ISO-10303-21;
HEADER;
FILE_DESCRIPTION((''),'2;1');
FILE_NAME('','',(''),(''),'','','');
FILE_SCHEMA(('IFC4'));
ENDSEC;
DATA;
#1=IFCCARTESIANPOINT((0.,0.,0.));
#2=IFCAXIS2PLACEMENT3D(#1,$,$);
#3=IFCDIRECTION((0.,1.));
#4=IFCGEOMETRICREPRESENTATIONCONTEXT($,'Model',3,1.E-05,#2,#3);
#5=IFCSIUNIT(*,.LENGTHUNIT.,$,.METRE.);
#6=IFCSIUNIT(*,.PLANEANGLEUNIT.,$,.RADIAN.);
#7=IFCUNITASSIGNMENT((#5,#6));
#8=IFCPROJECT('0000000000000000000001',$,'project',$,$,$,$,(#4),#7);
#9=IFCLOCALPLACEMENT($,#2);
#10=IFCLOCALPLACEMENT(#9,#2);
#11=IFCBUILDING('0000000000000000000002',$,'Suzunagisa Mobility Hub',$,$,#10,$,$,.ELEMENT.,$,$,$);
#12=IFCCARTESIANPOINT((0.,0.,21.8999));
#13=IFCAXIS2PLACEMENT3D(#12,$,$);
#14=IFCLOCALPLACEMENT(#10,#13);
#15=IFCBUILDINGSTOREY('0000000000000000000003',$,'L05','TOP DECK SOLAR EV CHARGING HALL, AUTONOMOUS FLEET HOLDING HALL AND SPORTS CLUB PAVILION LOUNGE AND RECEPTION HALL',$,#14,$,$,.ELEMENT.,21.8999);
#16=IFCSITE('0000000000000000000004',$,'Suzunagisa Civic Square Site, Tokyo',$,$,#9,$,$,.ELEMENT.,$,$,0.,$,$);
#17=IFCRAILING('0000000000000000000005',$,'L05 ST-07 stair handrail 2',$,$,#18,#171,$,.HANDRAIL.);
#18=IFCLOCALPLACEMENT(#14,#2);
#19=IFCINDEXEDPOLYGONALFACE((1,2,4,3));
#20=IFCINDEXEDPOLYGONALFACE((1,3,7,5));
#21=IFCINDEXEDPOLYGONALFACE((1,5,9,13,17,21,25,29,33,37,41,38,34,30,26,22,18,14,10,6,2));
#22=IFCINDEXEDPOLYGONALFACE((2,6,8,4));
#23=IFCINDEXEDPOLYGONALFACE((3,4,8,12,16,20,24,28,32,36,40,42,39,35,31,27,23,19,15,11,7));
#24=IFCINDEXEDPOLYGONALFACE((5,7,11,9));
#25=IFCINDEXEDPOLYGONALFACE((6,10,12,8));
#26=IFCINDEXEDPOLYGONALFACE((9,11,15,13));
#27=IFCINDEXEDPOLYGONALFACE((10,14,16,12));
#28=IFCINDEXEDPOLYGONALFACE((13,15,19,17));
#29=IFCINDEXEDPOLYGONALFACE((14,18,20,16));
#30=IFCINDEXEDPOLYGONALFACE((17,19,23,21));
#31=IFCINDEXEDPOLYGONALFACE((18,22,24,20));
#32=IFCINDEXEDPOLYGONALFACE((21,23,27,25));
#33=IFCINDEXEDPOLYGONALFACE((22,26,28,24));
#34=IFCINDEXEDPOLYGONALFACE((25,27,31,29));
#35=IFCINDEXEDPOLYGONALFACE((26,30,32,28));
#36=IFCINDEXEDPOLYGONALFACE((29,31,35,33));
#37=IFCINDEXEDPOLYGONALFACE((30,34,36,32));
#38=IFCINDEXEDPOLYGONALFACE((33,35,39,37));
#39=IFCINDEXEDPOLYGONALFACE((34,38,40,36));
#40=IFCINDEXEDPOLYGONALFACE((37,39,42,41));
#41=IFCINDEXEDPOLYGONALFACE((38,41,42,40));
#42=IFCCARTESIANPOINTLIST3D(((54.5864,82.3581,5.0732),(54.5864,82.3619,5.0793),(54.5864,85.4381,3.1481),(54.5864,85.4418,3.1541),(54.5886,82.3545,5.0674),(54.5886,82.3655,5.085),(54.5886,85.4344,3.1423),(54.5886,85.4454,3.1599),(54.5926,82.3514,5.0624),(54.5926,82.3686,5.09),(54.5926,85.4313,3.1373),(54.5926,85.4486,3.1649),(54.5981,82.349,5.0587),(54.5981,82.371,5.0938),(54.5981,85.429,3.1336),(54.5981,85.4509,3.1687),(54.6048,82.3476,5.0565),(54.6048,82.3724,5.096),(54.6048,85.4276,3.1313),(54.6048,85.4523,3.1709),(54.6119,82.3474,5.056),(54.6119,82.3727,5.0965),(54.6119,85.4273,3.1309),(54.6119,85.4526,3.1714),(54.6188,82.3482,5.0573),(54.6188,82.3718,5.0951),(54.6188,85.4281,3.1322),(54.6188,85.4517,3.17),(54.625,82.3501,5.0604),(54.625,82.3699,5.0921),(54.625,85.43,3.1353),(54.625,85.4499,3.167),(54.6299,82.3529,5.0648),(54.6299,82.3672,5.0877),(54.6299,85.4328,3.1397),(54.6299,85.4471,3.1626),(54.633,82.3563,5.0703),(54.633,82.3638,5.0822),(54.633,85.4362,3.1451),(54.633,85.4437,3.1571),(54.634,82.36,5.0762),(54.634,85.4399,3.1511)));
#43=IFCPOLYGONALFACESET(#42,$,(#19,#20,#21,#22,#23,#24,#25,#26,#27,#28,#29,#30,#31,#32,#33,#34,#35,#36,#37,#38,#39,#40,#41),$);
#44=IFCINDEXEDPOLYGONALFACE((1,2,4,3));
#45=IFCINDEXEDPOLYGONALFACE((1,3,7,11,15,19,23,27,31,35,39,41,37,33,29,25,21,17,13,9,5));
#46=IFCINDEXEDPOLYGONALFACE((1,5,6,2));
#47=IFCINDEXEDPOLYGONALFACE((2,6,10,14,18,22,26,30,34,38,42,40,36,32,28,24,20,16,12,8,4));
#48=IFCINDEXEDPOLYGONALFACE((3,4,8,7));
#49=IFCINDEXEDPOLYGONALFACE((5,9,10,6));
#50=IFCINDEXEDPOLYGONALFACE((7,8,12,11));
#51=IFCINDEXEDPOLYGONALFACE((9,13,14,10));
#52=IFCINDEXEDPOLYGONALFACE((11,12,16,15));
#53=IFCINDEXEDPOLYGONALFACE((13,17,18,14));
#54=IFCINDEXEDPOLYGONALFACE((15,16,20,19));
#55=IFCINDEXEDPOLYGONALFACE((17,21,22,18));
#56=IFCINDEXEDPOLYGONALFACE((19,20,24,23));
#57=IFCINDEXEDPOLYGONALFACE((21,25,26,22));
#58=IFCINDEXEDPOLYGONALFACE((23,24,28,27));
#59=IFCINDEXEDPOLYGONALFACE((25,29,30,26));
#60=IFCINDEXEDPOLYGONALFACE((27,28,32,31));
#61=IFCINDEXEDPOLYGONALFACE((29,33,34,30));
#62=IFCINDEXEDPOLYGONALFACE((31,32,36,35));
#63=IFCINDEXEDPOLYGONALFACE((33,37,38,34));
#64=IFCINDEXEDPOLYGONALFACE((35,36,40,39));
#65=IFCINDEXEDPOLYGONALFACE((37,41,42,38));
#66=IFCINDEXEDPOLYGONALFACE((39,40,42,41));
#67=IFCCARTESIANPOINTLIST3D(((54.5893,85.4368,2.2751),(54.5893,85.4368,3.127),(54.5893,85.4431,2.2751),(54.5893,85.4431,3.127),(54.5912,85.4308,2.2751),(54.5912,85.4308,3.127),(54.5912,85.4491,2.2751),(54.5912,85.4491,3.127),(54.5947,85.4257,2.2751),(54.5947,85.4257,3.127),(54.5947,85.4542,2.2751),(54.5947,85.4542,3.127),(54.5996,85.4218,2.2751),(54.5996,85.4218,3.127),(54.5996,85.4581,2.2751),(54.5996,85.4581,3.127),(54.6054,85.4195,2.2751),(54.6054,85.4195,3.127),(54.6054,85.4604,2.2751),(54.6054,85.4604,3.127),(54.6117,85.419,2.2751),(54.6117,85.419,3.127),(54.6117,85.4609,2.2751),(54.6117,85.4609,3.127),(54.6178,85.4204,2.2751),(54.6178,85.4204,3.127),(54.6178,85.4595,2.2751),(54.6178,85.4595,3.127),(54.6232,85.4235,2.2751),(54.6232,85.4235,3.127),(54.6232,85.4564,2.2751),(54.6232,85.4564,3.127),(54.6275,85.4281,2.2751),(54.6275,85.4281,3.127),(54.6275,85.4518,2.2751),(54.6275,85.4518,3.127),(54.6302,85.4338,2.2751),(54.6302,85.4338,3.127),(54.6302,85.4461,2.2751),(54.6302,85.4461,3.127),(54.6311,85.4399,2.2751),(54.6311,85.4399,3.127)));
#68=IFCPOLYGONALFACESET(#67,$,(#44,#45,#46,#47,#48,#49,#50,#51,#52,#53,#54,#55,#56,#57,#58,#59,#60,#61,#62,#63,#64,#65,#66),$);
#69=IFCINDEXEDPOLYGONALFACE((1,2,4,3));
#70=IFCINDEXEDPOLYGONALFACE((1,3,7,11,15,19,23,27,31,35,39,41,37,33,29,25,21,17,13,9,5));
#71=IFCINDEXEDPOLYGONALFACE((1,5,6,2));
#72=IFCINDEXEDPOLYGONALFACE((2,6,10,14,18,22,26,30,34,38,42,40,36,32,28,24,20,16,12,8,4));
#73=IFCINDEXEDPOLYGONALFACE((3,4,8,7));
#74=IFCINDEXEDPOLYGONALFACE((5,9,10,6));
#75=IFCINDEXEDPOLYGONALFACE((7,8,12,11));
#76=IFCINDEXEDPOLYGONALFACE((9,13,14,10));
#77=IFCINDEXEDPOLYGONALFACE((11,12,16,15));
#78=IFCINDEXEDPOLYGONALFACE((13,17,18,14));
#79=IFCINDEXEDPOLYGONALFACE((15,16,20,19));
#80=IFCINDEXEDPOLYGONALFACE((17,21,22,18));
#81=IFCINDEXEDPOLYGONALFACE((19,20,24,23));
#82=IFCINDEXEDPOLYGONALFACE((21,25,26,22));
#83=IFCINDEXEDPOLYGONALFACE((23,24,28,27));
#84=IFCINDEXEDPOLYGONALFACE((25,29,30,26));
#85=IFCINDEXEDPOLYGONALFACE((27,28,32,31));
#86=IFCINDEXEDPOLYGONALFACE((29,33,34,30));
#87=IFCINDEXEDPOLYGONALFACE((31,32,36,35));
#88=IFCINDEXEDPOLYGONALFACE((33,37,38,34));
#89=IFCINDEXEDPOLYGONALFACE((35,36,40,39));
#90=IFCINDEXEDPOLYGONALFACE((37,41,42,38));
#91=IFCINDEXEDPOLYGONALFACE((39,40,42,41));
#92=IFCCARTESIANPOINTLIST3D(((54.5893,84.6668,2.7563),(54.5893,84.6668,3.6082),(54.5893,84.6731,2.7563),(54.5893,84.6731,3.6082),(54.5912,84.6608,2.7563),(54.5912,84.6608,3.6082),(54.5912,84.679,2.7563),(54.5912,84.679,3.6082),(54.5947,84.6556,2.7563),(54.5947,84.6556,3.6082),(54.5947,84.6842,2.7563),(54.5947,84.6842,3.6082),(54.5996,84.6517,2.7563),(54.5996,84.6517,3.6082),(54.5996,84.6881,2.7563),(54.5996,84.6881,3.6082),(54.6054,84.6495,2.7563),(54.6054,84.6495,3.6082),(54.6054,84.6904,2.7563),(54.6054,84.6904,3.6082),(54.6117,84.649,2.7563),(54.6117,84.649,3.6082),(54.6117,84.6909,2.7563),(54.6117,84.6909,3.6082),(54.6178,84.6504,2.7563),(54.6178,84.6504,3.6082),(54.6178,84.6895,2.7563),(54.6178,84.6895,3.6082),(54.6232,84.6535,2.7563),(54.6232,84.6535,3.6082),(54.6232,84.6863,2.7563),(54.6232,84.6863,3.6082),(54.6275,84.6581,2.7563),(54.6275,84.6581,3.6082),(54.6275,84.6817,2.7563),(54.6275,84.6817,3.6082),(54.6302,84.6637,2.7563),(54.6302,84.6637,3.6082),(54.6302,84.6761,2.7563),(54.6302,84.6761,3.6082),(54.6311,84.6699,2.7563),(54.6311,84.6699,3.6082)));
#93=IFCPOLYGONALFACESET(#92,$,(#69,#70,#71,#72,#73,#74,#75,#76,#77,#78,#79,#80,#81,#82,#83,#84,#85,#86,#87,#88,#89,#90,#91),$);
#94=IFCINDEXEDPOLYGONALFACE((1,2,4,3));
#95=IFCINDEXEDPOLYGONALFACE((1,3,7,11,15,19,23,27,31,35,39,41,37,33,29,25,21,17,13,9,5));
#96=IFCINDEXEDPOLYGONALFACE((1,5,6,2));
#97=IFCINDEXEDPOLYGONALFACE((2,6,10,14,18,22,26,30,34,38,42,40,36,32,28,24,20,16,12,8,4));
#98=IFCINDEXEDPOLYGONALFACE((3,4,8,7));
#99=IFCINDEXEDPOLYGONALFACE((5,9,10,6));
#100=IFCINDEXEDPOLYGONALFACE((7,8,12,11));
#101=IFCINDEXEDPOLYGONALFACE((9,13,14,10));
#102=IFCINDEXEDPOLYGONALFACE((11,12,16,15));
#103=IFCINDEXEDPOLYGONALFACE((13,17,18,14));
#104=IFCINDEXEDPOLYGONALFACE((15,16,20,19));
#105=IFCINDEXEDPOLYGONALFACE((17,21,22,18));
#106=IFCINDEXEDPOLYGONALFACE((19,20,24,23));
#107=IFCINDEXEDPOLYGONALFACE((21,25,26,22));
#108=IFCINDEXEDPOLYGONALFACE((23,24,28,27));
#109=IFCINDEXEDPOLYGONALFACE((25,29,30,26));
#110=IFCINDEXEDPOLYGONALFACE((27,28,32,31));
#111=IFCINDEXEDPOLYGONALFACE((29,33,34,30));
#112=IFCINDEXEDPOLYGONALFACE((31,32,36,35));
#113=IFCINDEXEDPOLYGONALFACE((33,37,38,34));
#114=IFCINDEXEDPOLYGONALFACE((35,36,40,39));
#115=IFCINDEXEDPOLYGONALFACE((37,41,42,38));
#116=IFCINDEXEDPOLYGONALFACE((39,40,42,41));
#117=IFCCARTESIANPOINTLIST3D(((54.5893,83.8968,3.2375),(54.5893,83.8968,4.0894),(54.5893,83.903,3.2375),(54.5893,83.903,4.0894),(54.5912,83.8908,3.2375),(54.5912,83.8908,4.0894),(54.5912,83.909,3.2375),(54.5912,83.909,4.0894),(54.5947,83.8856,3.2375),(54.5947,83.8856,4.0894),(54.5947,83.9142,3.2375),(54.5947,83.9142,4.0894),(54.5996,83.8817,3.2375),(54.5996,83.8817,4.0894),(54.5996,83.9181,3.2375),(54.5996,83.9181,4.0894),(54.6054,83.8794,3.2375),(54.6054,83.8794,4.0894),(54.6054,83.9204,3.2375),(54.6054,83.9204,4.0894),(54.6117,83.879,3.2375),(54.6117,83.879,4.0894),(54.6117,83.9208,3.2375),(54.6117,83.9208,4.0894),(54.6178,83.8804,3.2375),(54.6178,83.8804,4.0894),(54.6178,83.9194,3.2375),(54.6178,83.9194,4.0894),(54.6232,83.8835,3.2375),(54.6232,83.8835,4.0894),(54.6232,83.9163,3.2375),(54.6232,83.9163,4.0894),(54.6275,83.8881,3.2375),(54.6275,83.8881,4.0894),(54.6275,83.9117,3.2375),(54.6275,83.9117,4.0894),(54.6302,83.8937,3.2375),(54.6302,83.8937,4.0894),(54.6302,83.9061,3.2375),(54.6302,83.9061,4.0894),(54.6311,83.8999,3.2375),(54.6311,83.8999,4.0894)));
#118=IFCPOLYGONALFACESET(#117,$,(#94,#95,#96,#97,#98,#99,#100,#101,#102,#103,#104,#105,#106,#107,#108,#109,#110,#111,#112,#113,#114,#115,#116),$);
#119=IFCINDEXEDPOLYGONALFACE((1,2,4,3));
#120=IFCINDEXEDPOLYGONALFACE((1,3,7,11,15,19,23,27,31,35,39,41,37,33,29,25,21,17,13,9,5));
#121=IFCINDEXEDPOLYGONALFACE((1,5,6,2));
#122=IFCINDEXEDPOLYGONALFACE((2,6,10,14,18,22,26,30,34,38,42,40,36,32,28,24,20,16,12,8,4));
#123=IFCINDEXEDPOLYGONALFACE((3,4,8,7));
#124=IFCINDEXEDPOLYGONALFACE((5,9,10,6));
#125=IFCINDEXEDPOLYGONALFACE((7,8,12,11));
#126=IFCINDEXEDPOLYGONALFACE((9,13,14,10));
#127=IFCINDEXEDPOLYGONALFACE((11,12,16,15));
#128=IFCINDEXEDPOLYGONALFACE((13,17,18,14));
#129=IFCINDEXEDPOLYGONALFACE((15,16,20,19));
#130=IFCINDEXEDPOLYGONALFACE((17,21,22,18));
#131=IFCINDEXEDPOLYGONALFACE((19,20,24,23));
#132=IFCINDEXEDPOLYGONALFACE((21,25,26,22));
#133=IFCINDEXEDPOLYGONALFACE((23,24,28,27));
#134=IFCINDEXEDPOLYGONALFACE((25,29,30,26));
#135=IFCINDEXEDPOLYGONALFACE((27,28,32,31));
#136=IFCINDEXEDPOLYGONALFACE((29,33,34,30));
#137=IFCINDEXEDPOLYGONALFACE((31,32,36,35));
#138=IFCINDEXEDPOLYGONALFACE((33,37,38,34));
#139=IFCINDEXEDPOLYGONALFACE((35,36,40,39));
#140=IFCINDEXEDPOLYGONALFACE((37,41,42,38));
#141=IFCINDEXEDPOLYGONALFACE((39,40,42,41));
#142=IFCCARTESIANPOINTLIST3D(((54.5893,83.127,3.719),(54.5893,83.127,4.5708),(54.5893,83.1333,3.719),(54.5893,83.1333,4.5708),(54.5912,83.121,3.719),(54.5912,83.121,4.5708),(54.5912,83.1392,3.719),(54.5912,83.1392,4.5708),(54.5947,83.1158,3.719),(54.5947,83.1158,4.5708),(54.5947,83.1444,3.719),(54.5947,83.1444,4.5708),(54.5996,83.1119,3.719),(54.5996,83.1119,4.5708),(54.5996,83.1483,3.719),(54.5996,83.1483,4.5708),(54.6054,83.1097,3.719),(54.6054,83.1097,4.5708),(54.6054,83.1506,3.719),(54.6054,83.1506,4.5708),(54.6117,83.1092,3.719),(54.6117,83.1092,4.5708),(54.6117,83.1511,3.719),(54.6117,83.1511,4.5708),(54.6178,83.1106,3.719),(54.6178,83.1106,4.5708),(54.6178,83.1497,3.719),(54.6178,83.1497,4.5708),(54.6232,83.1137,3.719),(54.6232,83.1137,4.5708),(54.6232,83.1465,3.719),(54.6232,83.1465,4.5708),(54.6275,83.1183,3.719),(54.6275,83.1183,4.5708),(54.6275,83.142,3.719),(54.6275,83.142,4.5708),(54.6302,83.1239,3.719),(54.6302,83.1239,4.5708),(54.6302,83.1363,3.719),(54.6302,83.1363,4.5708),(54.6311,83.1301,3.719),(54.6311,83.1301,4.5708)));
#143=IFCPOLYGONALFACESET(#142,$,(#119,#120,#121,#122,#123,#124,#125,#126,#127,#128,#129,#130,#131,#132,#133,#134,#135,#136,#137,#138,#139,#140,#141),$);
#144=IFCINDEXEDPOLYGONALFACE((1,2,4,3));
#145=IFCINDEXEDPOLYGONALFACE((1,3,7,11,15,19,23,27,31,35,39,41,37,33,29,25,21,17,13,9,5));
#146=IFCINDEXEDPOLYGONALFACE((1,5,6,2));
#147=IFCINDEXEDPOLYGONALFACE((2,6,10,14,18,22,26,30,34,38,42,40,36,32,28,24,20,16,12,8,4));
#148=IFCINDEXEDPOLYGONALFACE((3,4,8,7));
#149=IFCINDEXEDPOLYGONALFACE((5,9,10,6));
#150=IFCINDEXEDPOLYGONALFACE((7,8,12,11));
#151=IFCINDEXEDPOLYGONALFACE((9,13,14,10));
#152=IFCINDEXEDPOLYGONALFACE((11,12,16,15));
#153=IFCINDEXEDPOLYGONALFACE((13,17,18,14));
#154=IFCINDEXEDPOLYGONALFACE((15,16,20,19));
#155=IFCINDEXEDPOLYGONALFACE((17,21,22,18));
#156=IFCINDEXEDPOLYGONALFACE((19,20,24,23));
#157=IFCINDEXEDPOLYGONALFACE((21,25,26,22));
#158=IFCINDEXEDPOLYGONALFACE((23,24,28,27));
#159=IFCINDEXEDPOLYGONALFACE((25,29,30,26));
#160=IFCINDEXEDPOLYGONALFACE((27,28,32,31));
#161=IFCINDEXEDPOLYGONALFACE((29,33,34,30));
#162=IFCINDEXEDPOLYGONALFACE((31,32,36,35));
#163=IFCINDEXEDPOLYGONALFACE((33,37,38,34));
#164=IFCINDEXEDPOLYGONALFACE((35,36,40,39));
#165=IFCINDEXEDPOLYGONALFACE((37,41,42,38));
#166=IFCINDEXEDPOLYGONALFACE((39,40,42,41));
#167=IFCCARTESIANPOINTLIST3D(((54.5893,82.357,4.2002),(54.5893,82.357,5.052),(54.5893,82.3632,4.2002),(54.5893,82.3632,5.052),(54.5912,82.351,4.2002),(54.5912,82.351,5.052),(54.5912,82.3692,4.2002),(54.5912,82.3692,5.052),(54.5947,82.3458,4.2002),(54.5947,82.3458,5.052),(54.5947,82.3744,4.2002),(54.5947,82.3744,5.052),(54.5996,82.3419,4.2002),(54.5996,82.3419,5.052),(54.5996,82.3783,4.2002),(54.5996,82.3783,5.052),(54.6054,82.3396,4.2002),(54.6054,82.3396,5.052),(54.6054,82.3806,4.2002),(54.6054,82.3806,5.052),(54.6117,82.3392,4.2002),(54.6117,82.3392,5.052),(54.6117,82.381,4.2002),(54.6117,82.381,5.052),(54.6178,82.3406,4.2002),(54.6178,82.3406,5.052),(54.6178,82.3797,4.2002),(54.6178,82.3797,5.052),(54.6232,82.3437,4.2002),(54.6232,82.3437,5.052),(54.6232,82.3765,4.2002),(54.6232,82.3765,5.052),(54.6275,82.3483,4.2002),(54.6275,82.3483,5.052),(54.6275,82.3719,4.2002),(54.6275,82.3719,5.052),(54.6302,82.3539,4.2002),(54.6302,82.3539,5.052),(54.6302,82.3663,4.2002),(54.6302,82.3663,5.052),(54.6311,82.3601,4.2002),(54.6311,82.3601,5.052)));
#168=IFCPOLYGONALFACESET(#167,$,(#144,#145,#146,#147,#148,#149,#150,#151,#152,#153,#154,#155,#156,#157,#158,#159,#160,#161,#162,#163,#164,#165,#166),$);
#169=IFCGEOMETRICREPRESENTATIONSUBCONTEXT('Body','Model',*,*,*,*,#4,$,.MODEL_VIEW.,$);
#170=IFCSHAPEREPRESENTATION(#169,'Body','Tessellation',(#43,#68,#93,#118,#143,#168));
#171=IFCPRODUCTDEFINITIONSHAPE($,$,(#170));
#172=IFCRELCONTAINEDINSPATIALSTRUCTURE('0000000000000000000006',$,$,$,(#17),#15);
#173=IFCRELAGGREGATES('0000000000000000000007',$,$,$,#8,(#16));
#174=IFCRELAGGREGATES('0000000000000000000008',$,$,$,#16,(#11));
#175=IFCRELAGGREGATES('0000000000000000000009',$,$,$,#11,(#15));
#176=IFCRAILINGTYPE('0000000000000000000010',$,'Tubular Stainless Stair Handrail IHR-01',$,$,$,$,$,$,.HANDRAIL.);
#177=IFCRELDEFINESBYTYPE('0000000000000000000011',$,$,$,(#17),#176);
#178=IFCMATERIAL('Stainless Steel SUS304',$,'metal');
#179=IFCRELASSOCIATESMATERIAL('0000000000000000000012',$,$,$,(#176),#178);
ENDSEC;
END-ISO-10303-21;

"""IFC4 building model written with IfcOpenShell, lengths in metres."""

from ifc_helpers import new_model, si_unit, direction, frame, origin, origin_2d, place, context, subcontext, project, spatial, circle, extrude, material, type_object, element, save


model = new_model("IFC4")

# Units and contexts
model_context = context("Model", 3, precision=1e-05, world=origin(), true_north=direction((0.0, 1.0)))
body_context = subcontext(model_context, "Body", "Model", "MODEL_VIEW")
ifc_project = project(units=[si_unit("LENGTHUNIT", "METRE"), si_unit("PLANEANGLEUNIT", "RADIAN")], contexts=[model_context])

# Site, building, storey
site_placement = place(None, origin())
site = spatial("IfcSite", under=ifc_project, at=site_placement, Name="Suzunagisa Civic Square Site, Tokyo", CompositionType="ELEMENT", RefElevation=0.0)
building_placement = place(site_placement, origin())
building = spatial("IfcBuilding", under=site, at=building_placement, Name="Suzunagisa Mobility Hub", CompositionType="ELEMENT")
storey_placement = place(building_placement, frame((0.0, 0.0, 21.8999)))
storey = spatial("IfcBuildingStorey", under=building, at=storey_placement, Name="L05", Description="TOP DECK SOLAR EV CHARGING HALL, AUTONOMOUS FLEET HOLDING HALL AND SPORTS CLUB PAVILION LOUNGE AND RECEPTION HALL", CompositionType="ELEMENT", Elevation=21.8999)

# Railing
ifc_material_1 = material(Name="Stainless Steel SUS304", Category="metal")
railing_type_1 = type_object("IfcRailingType", Name="Tubular Stainless Stair Handrail IHR-01", PredefinedType="HANDRAIL", material=ifc_material_1)
railing_1_placement = place(storey_placement, frame((54.6101, 85.4399, 2.2751)))
element("IfcRailing", 1, at=railing_1_placement, inside=storey, type_object=railing_type_1, Name="L05 ST-07 stair handrail 2", PredefinedType="HANDRAIL", context=body_context, shape_type="SweptSolid", body=[
    extrude(circle(Radius=0.0239, at=origin_2d()), frame((0.0, 0.0, 0.876), z_axis=(0.0, -0.847979, 0.530029), x_axis=(1.0, 0.0, 0.0)), (0.0, 0.0, 1.0), 3.6321),
    extrude(circle(Radius=0.021, at=origin_2d()), origin(), (0.0, 0.0, 1.0), 0.8518),
    extrude(circle(Radius=0.021, at=origin_2d()), frame((0.0, -0.77, 0.4812)), (0.0, 0.0, 1.0), 0.8518),
    extrude(circle(Radius=0.021, at=origin_2d()), frame((0.0, -1.54, 0.9624)), (0.0, 0.0, 1.0), 0.8518),
    extrude(circle(Radius=0.021, at=origin_2d()), frame((0.0, -2.3098, 1.4438)), (0.0, 0.0, 1.0), 0.8518),
    extrude(circle(Radius=0.021, at=origin_2d()), frame((0.0, -3.0798, 1.925)), (0.0, 0.0, 1.0), 0.8518),
])

save(model, "model.ifc")
